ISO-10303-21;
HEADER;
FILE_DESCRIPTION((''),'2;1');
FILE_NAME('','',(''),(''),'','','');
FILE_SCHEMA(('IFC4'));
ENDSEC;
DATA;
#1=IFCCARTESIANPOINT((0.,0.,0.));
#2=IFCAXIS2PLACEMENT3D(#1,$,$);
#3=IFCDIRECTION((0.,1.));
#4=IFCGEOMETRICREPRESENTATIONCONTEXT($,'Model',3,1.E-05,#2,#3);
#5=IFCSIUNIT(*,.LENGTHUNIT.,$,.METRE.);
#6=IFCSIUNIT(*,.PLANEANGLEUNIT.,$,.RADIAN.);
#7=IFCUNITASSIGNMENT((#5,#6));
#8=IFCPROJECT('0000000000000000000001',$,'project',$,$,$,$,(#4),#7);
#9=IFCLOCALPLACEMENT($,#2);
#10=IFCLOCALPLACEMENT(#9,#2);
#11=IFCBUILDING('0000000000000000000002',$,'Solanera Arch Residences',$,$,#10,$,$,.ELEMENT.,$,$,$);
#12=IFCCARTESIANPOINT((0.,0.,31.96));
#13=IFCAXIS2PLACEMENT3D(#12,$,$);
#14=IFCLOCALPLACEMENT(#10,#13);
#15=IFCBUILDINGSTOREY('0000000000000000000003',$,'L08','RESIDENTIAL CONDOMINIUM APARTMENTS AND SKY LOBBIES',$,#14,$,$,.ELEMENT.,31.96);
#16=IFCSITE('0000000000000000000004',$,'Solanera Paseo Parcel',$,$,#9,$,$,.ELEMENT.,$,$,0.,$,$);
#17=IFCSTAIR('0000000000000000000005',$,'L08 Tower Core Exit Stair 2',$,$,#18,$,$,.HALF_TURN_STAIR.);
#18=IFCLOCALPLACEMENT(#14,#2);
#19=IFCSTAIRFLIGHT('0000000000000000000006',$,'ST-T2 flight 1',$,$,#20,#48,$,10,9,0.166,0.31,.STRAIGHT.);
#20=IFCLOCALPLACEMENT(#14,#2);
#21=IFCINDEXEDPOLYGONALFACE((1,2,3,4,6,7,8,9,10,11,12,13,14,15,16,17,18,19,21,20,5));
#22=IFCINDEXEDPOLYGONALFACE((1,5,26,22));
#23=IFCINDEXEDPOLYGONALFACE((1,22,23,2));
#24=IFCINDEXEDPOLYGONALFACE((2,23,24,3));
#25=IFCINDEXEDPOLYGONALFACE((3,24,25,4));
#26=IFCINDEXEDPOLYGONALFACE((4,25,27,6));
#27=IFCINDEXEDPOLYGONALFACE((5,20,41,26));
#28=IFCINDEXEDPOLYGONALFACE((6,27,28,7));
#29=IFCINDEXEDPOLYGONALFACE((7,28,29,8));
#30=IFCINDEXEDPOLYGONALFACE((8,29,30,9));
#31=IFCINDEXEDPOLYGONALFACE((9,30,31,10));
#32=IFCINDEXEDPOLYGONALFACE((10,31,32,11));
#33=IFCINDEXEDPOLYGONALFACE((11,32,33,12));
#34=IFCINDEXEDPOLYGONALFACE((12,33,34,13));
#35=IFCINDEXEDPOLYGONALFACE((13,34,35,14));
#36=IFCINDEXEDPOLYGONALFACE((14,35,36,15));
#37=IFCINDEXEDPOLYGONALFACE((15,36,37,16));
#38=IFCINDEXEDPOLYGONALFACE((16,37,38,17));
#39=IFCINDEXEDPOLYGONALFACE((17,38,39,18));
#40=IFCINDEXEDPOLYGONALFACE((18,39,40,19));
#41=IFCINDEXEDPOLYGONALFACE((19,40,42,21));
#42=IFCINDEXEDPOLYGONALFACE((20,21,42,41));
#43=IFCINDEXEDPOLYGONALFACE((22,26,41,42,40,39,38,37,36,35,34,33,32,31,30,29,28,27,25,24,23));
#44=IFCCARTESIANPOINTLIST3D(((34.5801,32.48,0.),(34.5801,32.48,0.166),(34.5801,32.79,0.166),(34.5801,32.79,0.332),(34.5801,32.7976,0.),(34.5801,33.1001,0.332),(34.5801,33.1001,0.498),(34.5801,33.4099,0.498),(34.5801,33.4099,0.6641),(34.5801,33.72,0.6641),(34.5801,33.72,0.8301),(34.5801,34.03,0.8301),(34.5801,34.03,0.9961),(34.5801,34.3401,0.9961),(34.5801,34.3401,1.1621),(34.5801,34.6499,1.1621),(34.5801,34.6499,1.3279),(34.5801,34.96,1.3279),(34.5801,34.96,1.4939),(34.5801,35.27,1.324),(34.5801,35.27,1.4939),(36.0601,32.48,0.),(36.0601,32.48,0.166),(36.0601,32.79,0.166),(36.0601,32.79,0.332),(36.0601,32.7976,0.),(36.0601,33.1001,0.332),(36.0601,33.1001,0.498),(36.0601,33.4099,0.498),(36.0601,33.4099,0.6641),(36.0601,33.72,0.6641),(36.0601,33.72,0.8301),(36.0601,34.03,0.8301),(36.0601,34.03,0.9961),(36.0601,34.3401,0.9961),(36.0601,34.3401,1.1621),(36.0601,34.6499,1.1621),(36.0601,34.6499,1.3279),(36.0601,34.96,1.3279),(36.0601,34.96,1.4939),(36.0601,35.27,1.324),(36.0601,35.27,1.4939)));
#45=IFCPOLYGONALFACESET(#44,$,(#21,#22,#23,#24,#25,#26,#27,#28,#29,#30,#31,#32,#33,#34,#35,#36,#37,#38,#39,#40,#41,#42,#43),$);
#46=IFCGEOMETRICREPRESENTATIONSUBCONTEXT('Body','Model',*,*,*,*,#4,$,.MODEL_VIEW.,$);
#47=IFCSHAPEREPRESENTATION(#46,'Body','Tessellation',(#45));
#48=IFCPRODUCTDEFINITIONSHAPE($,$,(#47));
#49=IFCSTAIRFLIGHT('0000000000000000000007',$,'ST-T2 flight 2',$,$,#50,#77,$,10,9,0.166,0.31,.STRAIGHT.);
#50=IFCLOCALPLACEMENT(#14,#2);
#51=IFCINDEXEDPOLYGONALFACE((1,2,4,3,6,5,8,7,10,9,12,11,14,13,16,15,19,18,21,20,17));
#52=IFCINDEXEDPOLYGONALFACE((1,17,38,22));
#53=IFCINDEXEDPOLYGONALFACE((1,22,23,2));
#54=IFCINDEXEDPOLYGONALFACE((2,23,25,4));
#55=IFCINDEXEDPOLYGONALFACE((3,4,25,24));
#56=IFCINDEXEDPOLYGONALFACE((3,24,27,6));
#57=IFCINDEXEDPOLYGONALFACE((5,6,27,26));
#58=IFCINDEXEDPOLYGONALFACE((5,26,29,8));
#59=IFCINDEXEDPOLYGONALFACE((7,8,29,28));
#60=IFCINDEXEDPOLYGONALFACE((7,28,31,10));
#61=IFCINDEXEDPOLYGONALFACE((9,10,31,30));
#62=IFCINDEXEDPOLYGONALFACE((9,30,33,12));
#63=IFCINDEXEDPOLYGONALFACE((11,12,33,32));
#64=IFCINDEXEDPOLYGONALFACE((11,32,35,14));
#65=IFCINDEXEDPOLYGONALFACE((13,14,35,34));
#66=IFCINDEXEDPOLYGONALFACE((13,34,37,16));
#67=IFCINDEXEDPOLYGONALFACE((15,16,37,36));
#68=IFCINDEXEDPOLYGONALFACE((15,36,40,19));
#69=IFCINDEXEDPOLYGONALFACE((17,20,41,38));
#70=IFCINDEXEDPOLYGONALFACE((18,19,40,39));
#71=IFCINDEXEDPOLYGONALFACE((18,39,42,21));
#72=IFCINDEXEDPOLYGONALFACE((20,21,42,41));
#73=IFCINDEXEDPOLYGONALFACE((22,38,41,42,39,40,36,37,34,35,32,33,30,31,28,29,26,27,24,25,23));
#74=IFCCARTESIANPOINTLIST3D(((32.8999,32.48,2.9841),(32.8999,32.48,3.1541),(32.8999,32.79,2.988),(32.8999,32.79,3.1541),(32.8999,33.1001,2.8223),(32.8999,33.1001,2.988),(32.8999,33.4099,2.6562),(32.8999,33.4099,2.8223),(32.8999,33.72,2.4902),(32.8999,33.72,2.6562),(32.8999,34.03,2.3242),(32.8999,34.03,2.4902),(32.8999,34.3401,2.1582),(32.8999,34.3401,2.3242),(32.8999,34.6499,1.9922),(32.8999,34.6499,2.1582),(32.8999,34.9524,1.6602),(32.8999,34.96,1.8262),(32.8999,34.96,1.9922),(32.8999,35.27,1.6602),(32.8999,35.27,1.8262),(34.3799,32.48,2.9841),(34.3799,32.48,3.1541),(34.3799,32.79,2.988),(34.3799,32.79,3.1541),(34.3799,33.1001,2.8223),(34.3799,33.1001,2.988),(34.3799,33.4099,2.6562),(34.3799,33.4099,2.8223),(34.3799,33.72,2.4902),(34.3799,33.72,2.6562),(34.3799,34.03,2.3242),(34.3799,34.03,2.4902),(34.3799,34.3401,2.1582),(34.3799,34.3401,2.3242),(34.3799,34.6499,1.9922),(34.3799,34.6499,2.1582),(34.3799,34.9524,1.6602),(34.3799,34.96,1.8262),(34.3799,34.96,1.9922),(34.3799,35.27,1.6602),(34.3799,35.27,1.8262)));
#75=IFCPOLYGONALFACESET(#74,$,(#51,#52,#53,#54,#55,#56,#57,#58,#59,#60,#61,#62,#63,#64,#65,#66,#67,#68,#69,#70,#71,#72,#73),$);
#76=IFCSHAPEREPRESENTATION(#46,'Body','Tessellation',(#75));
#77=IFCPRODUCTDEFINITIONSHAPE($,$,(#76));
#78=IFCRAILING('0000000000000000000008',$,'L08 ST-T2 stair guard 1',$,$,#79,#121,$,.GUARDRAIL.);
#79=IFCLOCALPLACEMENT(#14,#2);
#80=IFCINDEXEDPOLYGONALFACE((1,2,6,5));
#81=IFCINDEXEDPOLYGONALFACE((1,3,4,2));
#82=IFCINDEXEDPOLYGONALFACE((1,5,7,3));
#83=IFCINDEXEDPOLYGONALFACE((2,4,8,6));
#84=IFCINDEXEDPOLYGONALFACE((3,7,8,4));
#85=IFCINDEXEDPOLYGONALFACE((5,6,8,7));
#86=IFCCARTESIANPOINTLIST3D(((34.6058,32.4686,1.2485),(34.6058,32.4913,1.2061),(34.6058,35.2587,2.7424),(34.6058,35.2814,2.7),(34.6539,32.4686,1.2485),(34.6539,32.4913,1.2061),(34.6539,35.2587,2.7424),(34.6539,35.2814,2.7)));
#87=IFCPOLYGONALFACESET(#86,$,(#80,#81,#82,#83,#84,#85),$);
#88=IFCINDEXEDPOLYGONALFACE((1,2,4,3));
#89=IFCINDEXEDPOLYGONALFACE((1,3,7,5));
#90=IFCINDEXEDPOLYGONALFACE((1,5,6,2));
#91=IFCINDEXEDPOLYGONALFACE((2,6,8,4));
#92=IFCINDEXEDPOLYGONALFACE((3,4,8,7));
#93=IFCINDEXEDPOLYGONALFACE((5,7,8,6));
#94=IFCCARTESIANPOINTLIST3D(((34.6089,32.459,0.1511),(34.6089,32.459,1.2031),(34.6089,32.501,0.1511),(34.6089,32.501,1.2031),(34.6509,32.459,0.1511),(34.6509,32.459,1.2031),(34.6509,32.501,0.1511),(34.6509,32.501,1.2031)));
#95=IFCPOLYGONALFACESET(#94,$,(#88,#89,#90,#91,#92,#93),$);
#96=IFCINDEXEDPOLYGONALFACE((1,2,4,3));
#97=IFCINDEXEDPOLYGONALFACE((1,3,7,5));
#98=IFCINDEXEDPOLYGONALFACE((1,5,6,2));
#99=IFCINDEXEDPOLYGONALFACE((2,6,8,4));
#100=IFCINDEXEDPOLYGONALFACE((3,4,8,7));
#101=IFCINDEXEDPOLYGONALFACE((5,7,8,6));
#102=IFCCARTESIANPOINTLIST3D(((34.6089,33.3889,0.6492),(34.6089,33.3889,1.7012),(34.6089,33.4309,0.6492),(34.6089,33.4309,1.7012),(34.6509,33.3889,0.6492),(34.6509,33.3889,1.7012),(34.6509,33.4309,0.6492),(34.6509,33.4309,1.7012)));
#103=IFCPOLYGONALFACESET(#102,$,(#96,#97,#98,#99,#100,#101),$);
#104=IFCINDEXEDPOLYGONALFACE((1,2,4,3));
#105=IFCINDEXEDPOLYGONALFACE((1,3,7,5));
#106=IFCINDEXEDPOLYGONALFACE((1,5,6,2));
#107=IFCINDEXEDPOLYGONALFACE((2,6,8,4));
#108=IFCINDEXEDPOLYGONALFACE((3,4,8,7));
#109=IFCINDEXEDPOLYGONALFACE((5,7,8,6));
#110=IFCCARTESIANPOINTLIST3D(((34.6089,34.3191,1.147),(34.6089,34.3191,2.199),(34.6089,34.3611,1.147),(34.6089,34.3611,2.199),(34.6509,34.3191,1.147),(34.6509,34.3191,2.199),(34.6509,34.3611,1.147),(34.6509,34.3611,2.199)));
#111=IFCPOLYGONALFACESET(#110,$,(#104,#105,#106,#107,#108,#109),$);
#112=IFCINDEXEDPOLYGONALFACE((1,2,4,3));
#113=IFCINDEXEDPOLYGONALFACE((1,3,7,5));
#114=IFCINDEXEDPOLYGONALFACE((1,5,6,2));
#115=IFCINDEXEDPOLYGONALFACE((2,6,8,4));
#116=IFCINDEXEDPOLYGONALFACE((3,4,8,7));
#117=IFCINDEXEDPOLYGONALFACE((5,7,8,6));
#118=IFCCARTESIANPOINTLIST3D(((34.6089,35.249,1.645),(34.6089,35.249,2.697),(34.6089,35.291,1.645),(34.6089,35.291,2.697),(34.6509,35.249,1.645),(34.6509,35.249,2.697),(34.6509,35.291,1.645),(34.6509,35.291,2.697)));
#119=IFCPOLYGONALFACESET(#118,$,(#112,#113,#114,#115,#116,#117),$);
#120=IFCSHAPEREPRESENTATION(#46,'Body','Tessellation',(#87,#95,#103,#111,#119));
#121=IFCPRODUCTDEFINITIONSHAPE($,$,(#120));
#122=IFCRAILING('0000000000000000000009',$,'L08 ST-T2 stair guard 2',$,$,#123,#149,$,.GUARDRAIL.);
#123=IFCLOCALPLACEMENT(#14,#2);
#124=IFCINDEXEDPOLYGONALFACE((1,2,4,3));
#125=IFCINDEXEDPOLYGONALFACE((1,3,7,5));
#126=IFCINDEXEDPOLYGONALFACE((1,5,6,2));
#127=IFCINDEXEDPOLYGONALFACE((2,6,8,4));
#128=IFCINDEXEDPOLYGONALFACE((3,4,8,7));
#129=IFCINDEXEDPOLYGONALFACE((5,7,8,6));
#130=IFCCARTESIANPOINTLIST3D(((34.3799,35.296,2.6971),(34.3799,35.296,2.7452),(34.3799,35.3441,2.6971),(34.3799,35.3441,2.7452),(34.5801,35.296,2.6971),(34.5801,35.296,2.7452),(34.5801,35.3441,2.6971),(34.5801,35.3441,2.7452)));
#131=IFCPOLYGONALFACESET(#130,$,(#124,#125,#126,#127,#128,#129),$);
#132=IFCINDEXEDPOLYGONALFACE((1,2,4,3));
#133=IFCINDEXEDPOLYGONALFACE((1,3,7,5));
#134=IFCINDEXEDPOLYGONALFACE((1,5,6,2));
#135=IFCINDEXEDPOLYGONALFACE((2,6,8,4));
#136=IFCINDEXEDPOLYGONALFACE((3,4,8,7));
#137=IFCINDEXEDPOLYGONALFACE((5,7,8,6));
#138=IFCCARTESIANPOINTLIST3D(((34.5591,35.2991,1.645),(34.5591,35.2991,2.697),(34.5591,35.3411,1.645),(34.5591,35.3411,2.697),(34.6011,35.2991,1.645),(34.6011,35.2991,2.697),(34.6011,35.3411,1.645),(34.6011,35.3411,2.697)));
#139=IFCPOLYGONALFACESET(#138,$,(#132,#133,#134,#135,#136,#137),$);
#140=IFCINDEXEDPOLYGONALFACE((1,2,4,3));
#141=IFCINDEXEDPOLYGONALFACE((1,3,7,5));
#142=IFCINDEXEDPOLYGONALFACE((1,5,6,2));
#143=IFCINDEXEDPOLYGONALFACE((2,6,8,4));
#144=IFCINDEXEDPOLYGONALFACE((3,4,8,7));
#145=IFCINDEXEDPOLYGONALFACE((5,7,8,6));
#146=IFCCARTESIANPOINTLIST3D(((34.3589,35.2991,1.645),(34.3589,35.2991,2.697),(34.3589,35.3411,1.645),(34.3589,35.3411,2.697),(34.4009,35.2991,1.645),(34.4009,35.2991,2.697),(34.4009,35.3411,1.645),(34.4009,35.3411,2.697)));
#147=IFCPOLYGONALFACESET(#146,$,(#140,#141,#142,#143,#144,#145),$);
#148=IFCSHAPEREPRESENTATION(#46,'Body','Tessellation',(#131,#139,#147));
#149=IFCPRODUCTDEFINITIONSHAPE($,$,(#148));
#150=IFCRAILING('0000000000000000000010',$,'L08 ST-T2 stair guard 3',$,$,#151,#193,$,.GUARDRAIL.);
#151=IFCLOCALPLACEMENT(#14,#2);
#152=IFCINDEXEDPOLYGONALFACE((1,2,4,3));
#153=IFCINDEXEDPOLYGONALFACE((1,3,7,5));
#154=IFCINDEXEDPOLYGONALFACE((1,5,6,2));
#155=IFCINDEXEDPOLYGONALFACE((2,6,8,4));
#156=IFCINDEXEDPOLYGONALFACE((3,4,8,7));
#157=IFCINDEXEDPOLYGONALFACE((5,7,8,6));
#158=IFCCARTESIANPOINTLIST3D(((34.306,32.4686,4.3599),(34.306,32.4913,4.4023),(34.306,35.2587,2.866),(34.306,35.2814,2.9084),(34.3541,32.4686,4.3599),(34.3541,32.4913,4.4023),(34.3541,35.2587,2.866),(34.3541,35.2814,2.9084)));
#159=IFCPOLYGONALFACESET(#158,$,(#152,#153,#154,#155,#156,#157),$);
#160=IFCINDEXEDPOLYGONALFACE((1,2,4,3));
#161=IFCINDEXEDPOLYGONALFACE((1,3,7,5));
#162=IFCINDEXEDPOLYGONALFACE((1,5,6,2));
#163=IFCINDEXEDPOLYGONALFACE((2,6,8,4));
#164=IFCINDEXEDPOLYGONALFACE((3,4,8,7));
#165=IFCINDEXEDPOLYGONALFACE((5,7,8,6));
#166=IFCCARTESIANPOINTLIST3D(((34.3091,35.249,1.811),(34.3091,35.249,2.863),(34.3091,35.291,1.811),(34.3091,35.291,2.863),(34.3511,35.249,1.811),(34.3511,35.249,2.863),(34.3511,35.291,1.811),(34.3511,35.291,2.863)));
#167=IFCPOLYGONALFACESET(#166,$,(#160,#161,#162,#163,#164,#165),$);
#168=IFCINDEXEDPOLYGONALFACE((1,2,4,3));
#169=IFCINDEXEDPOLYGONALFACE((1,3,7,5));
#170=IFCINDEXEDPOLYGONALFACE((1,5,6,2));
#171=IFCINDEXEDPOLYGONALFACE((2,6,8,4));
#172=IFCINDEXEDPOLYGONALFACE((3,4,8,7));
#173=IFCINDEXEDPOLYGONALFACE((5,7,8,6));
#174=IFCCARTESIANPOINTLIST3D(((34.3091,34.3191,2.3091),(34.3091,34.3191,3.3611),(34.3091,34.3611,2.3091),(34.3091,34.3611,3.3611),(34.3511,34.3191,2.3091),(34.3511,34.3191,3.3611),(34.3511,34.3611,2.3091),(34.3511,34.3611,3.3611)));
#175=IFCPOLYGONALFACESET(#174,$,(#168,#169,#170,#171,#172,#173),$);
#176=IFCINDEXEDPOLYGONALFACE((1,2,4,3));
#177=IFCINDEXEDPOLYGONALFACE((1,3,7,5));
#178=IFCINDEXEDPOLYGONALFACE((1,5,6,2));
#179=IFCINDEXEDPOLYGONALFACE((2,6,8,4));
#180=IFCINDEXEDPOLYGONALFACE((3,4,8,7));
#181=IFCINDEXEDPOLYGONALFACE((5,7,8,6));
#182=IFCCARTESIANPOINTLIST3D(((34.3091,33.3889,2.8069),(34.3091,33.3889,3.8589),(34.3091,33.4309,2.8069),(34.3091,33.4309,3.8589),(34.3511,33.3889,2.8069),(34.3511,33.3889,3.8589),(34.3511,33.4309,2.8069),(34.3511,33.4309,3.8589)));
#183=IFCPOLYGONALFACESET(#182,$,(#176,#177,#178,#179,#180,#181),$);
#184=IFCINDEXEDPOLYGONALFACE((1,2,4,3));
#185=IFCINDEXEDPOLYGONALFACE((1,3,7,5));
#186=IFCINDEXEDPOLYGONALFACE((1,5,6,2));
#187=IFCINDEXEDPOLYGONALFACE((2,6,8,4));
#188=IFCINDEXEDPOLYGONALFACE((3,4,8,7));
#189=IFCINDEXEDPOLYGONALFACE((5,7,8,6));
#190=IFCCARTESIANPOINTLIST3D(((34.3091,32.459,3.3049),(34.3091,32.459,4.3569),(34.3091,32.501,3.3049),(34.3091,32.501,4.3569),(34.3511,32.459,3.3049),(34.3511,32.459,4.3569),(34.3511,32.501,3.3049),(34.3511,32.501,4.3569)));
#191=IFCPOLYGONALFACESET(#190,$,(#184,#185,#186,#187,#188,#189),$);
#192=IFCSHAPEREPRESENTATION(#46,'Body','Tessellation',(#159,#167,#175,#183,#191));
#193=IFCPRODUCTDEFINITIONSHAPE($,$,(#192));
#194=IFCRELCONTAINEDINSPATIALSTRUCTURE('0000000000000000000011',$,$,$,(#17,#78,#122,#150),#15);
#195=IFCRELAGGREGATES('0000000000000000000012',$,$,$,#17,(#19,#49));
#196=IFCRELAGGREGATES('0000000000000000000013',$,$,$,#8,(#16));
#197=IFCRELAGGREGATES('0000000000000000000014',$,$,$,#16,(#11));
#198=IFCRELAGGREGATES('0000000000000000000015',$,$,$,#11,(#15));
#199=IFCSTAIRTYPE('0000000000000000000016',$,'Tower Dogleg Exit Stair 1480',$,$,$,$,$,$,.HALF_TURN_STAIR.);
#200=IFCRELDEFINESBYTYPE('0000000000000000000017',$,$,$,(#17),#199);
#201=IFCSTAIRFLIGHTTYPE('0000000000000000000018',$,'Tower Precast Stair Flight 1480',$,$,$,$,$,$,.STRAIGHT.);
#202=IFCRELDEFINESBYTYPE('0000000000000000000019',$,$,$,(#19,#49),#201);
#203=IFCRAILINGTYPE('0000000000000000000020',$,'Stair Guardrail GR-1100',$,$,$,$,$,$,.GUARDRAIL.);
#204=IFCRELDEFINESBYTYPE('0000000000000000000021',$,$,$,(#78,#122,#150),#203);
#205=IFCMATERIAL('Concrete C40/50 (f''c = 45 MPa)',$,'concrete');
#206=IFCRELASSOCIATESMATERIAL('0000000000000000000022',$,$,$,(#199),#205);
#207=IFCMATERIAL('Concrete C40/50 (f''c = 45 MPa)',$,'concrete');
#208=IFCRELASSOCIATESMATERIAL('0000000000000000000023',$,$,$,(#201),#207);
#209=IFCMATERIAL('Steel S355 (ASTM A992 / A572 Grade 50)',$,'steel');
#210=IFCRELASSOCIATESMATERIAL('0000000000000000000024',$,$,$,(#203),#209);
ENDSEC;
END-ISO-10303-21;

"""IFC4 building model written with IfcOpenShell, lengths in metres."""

from ifc_helpers import new_model, si_unit, direction, frame, origin, origin_2d, place, context, subcontext, project, spatial, polyline, rectangle, outline, extrude, material, type_object, element, aggregate, save


model = new_model("IFC4")

# Units and contexts
model_context = context("Model", 3, precision=1e-05, world=origin(), true_north=direction((0.0, 1.0)))
body_context = subcontext(model_context, "Body", "Model", "MODEL_VIEW")
ifc_project = project(units=[si_unit("LENGTHUNIT", "METRE"), si_unit("PLANEANGLEUNIT", "RADIAN")], contexts=[model_context])

# Site, building, storey
site_placement = place(None, origin())
site = spatial("IfcSite", under=ifc_project, at=site_placement, Name="Solanera Paseo Parcel", CompositionType="ELEMENT", RefElevation=0.0)
building_placement = place(site_placement, origin())
building = spatial("IfcBuilding", under=site, at=building_placement, Name="Solanera Arch Residences", CompositionType="ELEMENT")
storey_placement = place(building_placement, frame((0.0, 0.0, 31.96)))
storey = spatial("IfcBuildingStorey", under=building, at=storey_placement, Name="L08", Description="RESIDENTIAL CONDOMINIUM APARTMENTS AND SKY LOBBIES", CompositionType="ELEMENT", Elevation=31.96)

# Stair, stair flights
ifc_material_1 = material(Name="Concrete C40/50 (f'c = 45 MPa)", Category="concrete")
stair_type = type_object("IfcStairType", Name="Tower Dogleg Exit Stair 1480", PredefinedType="HALF_TURN_STAIR", material=ifc_material_1)
stair_placement = place(storey_placement, origin())
stair = element("IfcStair", 1, at=stair_placement, inside=storey, type_object=stair_type, Name="L08 Tower Core Exit Stair 2", PredefinedType="HALF_TURN_STAIR")
ifc_material_2 = material(Name="Concrete C40/50 (f'c = 45 MPa)", Category="concrete")
stair_flight_type = type_object("IfcStairFlightType", Name="Tower Precast Stair Flight 1480", PredefinedType="STRAIGHT", material=ifc_material_2)
stair_flight_1_placement = place(storey_placement, frame((35.3201, 32.48, 0.0), z_axis=(0.0, 0.0, 1.0), x_axis=(0.0, 1.0, 0.0)))
stair_flight_1 = element("IfcStairFlight", 2, at=stair_flight_1_placement, type_object=stair_flight_type, Name="ST-T2 flight 1", NumberOfRisers=10, NumberOfTreads=9, PredefinedType="STRAIGHT", RiserHeight=0.166, TreadLength=0.31, context=body_context, shape_type="SweptSolid", body=[
    extrude(outline(polyline([(0.0, 0.0), (0.0, 0.166), (0.3101, 0.166), (0.3101, 0.332), (0.6201, 0.332), (0.6201, 0.498), (0.9299, 0.498), (0.9299, 0.6641), (1.24, 0.6641), (1.24, 0.8301), (1.55, 0.8301), (1.55, 0.9961), (1.8601, 0.9961), (1.8601, 1.1621), (2.1699, 1.1621), (2.1699, 1.3279), (2.48, 1.3279), (2.48, 1.4939), (2.79, 1.4939), (2.79, 1.6599), (2.79, 1.324), (0.3176, 0.0), (0.0, 0.0)])), frame((0.0, 0.74, 0.0), z_axis=(0.0, -1.0, 0.0), x_axis=(1.0, 0.0, 0.0)), (0.0, 0.0, 1.0), 1.48),
])
stair_flight_2_placement = place(storey_placement, frame((33.6399, 35.27, 1.6602), z_axis=(0.0, 0.0, 1.0), x_axis=(0.0, -1.0, 0.0)))
stair_flight_2 = element("IfcStairFlight", 3, at=stair_flight_2_placement, type_object=stair_flight_type, Name="ST-T2 flight 2", NumberOfRisers=10, NumberOfTreads=9, PredefinedType="STRAIGHT", RiserHeight=0.166, TreadLength=0.31, context=body_context, shape_type="SweptSolid", body=[
    extrude(outline(polyline([(0.0, 0.0), (0.0, 0.166), (0.3101, 0.166), (0.3101, 0.332), (0.6201, 0.332), (0.6201, 0.498), (0.9299, 0.498), (0.9299, 0.6641), (1.24, 0.6641), (1.24, 0.8301), (1.55, 0.8301), (1.55, 0.9961), (1.8601, 0.9961), (1.8601, 1.1621), (2.1699, 1.1621), (2.1699, 1.3279), (2.48, 1.3279), (2.48, 1.4939), (2.79, 1.4939), (2.79, 1.6599), (2.79, 1.324), (0.3176, 0.0), (0.0, 0.0)])), frame((0.0, 0.74, 0.0), z_axis=(0.0, -1.0, 0.0), x_axis=(1.0, 0.0, 0.0)), (0.0, 0.0, 1.0), 1.48),
])
aggregate(stair, [stair_flight_1, stair_flight_2])

# Railings
ifc_material_3 = material(Name="Steel S355 (ASTM A992 / A572 Grade 50)", Category="steel")
railing_type_1 = type_object("IfcRailingType", Name="Stair Guardrail GR-1100", PredefinedType="GUARDRAIL", material=ifc_material_3)
railing_1_placement = place(storey_placement, frame((34.6299, 32.48, 0.1511)))
element("IfcRailing", 4, at=railing_1_placement, inside=storey, type_object=railing_type_1, Name="L08 ST-T2 stair guard 1", PredefinedType="GUARDRAIL", context=body_context, shape_type="SweptSolid", body=[
    extrude(rectangle(XDim=0.0481, YDim=0.0481, at=origin_2d()), frame((0.0, 0.0, 1.0762), z_axis=(0.0, 0.881581, 0.472033), x_axis=(-1.0, 0.0, 0.0)), (0.0, 0.0, 1.0), 3.1648),
    extrude(rectangle(XDim=0.042, YDim=0.042, at=origin_2d()), origin(), (0.0, 0.0, 1.0), 1.052),
    extrude(rectangle(XDim=0.042, YDim=0.042, at=origin_2d()), frame((0.0, 0.9299, 0.498)), (0.0, 0.0, 1.0), 1.052),
    extrude(rectangle(XDim=0.042, YDim=0.042, at=origin_2d()), frame((0.0, 1.8601, 0.9958)), (0.0, 0.0, 1.0), 1.052),
    extrude(rectangle(XDim=0.042, YDim=0.042, at=origin_2d()), frame((0.0, 2.79, 1.4939)), (0.0, 0.0, 1.0), 1.052),
])
railing_2_placement = place(storey_placement, frame((34.5801, 35.3201, 1.645)))
element("IfcRailing", 5, at=railing_2_placement, inside=storey, type_object=railing_type_1, Name="L08 ST-T2 stair guard 2", PredefinedType="GUARDRAIL", context=body_context, shape_type="SweptSolid", body=[
    extrude(rectangle(XDim=0.0481, YDim=0.0481, at=origin_2d()), frame((0.0, 0.0, 1.0762), z_axis=(-1.0, 0.0, 0.0), x_axis=(0.0, -1.0, 0.0)), (0.0, 0.0, 1.0), 0.2002),
    extrude(rectangle(XDim=0.042, YDim=0.042, at=origin_2d()), origin(), (0.0, 0.0, 1.0), 1.052),
    extrude(rectangle(XDim=0.042, YDim=0.042, at=origin_2d()), frame((-0.2002, 0.0, 0.0)), (0.0, 0.0, 1.0), 1.052),
])
railing_3_placement = place(storey_placement, frame((34.3301, 35.27, 1.811)))
element("IfcRailing", 6, at=railing_3_placement, inside=storey, type_object=railing_type_1, Name="L08 ST-T2 stair guard 3", PredefinedType="GUARDRAIL", context=body_context, shape_type="SweptSolid", body=[
    extrude(rectangle(XDim=0.0481, YDim=0.0481, at=origin_2d()), frame((0.0, 0.0, 1.0762), z_axis=(0.0, -0.881581, 0.472033), x_axis=(1.0, 0.0, 0.0)), (0.0, 0.0, 1.0), 3.1648),
    extrude(rectangle(XDim=0.042, YDim=0.042, at=origin_2d()), origin(), (0.0, 0.0, 1.0), 1.052),
    extrude(rectangle(XDim=0.042, YDim=0.042, at=origin_2d()), frame((0.0, -0.9299, 0.498)), (0.0, 0.0, 1.0), 1.052),
    extrude(rectangle(XDim=0.042, YDim=0.042, at=origin_2d()), frame((0.0, -1.8601, 0.9958)), (0.0, 0.0, 1.0), 1.052),
    extrude(rectangle(XDim=0.042, YDim=0.042, at=origin_2d()), frame((0.0, -2.79, 1.4939)), (0.0, 0.0, 1.0), 1.052),
])

save(model, "model.ifc")
